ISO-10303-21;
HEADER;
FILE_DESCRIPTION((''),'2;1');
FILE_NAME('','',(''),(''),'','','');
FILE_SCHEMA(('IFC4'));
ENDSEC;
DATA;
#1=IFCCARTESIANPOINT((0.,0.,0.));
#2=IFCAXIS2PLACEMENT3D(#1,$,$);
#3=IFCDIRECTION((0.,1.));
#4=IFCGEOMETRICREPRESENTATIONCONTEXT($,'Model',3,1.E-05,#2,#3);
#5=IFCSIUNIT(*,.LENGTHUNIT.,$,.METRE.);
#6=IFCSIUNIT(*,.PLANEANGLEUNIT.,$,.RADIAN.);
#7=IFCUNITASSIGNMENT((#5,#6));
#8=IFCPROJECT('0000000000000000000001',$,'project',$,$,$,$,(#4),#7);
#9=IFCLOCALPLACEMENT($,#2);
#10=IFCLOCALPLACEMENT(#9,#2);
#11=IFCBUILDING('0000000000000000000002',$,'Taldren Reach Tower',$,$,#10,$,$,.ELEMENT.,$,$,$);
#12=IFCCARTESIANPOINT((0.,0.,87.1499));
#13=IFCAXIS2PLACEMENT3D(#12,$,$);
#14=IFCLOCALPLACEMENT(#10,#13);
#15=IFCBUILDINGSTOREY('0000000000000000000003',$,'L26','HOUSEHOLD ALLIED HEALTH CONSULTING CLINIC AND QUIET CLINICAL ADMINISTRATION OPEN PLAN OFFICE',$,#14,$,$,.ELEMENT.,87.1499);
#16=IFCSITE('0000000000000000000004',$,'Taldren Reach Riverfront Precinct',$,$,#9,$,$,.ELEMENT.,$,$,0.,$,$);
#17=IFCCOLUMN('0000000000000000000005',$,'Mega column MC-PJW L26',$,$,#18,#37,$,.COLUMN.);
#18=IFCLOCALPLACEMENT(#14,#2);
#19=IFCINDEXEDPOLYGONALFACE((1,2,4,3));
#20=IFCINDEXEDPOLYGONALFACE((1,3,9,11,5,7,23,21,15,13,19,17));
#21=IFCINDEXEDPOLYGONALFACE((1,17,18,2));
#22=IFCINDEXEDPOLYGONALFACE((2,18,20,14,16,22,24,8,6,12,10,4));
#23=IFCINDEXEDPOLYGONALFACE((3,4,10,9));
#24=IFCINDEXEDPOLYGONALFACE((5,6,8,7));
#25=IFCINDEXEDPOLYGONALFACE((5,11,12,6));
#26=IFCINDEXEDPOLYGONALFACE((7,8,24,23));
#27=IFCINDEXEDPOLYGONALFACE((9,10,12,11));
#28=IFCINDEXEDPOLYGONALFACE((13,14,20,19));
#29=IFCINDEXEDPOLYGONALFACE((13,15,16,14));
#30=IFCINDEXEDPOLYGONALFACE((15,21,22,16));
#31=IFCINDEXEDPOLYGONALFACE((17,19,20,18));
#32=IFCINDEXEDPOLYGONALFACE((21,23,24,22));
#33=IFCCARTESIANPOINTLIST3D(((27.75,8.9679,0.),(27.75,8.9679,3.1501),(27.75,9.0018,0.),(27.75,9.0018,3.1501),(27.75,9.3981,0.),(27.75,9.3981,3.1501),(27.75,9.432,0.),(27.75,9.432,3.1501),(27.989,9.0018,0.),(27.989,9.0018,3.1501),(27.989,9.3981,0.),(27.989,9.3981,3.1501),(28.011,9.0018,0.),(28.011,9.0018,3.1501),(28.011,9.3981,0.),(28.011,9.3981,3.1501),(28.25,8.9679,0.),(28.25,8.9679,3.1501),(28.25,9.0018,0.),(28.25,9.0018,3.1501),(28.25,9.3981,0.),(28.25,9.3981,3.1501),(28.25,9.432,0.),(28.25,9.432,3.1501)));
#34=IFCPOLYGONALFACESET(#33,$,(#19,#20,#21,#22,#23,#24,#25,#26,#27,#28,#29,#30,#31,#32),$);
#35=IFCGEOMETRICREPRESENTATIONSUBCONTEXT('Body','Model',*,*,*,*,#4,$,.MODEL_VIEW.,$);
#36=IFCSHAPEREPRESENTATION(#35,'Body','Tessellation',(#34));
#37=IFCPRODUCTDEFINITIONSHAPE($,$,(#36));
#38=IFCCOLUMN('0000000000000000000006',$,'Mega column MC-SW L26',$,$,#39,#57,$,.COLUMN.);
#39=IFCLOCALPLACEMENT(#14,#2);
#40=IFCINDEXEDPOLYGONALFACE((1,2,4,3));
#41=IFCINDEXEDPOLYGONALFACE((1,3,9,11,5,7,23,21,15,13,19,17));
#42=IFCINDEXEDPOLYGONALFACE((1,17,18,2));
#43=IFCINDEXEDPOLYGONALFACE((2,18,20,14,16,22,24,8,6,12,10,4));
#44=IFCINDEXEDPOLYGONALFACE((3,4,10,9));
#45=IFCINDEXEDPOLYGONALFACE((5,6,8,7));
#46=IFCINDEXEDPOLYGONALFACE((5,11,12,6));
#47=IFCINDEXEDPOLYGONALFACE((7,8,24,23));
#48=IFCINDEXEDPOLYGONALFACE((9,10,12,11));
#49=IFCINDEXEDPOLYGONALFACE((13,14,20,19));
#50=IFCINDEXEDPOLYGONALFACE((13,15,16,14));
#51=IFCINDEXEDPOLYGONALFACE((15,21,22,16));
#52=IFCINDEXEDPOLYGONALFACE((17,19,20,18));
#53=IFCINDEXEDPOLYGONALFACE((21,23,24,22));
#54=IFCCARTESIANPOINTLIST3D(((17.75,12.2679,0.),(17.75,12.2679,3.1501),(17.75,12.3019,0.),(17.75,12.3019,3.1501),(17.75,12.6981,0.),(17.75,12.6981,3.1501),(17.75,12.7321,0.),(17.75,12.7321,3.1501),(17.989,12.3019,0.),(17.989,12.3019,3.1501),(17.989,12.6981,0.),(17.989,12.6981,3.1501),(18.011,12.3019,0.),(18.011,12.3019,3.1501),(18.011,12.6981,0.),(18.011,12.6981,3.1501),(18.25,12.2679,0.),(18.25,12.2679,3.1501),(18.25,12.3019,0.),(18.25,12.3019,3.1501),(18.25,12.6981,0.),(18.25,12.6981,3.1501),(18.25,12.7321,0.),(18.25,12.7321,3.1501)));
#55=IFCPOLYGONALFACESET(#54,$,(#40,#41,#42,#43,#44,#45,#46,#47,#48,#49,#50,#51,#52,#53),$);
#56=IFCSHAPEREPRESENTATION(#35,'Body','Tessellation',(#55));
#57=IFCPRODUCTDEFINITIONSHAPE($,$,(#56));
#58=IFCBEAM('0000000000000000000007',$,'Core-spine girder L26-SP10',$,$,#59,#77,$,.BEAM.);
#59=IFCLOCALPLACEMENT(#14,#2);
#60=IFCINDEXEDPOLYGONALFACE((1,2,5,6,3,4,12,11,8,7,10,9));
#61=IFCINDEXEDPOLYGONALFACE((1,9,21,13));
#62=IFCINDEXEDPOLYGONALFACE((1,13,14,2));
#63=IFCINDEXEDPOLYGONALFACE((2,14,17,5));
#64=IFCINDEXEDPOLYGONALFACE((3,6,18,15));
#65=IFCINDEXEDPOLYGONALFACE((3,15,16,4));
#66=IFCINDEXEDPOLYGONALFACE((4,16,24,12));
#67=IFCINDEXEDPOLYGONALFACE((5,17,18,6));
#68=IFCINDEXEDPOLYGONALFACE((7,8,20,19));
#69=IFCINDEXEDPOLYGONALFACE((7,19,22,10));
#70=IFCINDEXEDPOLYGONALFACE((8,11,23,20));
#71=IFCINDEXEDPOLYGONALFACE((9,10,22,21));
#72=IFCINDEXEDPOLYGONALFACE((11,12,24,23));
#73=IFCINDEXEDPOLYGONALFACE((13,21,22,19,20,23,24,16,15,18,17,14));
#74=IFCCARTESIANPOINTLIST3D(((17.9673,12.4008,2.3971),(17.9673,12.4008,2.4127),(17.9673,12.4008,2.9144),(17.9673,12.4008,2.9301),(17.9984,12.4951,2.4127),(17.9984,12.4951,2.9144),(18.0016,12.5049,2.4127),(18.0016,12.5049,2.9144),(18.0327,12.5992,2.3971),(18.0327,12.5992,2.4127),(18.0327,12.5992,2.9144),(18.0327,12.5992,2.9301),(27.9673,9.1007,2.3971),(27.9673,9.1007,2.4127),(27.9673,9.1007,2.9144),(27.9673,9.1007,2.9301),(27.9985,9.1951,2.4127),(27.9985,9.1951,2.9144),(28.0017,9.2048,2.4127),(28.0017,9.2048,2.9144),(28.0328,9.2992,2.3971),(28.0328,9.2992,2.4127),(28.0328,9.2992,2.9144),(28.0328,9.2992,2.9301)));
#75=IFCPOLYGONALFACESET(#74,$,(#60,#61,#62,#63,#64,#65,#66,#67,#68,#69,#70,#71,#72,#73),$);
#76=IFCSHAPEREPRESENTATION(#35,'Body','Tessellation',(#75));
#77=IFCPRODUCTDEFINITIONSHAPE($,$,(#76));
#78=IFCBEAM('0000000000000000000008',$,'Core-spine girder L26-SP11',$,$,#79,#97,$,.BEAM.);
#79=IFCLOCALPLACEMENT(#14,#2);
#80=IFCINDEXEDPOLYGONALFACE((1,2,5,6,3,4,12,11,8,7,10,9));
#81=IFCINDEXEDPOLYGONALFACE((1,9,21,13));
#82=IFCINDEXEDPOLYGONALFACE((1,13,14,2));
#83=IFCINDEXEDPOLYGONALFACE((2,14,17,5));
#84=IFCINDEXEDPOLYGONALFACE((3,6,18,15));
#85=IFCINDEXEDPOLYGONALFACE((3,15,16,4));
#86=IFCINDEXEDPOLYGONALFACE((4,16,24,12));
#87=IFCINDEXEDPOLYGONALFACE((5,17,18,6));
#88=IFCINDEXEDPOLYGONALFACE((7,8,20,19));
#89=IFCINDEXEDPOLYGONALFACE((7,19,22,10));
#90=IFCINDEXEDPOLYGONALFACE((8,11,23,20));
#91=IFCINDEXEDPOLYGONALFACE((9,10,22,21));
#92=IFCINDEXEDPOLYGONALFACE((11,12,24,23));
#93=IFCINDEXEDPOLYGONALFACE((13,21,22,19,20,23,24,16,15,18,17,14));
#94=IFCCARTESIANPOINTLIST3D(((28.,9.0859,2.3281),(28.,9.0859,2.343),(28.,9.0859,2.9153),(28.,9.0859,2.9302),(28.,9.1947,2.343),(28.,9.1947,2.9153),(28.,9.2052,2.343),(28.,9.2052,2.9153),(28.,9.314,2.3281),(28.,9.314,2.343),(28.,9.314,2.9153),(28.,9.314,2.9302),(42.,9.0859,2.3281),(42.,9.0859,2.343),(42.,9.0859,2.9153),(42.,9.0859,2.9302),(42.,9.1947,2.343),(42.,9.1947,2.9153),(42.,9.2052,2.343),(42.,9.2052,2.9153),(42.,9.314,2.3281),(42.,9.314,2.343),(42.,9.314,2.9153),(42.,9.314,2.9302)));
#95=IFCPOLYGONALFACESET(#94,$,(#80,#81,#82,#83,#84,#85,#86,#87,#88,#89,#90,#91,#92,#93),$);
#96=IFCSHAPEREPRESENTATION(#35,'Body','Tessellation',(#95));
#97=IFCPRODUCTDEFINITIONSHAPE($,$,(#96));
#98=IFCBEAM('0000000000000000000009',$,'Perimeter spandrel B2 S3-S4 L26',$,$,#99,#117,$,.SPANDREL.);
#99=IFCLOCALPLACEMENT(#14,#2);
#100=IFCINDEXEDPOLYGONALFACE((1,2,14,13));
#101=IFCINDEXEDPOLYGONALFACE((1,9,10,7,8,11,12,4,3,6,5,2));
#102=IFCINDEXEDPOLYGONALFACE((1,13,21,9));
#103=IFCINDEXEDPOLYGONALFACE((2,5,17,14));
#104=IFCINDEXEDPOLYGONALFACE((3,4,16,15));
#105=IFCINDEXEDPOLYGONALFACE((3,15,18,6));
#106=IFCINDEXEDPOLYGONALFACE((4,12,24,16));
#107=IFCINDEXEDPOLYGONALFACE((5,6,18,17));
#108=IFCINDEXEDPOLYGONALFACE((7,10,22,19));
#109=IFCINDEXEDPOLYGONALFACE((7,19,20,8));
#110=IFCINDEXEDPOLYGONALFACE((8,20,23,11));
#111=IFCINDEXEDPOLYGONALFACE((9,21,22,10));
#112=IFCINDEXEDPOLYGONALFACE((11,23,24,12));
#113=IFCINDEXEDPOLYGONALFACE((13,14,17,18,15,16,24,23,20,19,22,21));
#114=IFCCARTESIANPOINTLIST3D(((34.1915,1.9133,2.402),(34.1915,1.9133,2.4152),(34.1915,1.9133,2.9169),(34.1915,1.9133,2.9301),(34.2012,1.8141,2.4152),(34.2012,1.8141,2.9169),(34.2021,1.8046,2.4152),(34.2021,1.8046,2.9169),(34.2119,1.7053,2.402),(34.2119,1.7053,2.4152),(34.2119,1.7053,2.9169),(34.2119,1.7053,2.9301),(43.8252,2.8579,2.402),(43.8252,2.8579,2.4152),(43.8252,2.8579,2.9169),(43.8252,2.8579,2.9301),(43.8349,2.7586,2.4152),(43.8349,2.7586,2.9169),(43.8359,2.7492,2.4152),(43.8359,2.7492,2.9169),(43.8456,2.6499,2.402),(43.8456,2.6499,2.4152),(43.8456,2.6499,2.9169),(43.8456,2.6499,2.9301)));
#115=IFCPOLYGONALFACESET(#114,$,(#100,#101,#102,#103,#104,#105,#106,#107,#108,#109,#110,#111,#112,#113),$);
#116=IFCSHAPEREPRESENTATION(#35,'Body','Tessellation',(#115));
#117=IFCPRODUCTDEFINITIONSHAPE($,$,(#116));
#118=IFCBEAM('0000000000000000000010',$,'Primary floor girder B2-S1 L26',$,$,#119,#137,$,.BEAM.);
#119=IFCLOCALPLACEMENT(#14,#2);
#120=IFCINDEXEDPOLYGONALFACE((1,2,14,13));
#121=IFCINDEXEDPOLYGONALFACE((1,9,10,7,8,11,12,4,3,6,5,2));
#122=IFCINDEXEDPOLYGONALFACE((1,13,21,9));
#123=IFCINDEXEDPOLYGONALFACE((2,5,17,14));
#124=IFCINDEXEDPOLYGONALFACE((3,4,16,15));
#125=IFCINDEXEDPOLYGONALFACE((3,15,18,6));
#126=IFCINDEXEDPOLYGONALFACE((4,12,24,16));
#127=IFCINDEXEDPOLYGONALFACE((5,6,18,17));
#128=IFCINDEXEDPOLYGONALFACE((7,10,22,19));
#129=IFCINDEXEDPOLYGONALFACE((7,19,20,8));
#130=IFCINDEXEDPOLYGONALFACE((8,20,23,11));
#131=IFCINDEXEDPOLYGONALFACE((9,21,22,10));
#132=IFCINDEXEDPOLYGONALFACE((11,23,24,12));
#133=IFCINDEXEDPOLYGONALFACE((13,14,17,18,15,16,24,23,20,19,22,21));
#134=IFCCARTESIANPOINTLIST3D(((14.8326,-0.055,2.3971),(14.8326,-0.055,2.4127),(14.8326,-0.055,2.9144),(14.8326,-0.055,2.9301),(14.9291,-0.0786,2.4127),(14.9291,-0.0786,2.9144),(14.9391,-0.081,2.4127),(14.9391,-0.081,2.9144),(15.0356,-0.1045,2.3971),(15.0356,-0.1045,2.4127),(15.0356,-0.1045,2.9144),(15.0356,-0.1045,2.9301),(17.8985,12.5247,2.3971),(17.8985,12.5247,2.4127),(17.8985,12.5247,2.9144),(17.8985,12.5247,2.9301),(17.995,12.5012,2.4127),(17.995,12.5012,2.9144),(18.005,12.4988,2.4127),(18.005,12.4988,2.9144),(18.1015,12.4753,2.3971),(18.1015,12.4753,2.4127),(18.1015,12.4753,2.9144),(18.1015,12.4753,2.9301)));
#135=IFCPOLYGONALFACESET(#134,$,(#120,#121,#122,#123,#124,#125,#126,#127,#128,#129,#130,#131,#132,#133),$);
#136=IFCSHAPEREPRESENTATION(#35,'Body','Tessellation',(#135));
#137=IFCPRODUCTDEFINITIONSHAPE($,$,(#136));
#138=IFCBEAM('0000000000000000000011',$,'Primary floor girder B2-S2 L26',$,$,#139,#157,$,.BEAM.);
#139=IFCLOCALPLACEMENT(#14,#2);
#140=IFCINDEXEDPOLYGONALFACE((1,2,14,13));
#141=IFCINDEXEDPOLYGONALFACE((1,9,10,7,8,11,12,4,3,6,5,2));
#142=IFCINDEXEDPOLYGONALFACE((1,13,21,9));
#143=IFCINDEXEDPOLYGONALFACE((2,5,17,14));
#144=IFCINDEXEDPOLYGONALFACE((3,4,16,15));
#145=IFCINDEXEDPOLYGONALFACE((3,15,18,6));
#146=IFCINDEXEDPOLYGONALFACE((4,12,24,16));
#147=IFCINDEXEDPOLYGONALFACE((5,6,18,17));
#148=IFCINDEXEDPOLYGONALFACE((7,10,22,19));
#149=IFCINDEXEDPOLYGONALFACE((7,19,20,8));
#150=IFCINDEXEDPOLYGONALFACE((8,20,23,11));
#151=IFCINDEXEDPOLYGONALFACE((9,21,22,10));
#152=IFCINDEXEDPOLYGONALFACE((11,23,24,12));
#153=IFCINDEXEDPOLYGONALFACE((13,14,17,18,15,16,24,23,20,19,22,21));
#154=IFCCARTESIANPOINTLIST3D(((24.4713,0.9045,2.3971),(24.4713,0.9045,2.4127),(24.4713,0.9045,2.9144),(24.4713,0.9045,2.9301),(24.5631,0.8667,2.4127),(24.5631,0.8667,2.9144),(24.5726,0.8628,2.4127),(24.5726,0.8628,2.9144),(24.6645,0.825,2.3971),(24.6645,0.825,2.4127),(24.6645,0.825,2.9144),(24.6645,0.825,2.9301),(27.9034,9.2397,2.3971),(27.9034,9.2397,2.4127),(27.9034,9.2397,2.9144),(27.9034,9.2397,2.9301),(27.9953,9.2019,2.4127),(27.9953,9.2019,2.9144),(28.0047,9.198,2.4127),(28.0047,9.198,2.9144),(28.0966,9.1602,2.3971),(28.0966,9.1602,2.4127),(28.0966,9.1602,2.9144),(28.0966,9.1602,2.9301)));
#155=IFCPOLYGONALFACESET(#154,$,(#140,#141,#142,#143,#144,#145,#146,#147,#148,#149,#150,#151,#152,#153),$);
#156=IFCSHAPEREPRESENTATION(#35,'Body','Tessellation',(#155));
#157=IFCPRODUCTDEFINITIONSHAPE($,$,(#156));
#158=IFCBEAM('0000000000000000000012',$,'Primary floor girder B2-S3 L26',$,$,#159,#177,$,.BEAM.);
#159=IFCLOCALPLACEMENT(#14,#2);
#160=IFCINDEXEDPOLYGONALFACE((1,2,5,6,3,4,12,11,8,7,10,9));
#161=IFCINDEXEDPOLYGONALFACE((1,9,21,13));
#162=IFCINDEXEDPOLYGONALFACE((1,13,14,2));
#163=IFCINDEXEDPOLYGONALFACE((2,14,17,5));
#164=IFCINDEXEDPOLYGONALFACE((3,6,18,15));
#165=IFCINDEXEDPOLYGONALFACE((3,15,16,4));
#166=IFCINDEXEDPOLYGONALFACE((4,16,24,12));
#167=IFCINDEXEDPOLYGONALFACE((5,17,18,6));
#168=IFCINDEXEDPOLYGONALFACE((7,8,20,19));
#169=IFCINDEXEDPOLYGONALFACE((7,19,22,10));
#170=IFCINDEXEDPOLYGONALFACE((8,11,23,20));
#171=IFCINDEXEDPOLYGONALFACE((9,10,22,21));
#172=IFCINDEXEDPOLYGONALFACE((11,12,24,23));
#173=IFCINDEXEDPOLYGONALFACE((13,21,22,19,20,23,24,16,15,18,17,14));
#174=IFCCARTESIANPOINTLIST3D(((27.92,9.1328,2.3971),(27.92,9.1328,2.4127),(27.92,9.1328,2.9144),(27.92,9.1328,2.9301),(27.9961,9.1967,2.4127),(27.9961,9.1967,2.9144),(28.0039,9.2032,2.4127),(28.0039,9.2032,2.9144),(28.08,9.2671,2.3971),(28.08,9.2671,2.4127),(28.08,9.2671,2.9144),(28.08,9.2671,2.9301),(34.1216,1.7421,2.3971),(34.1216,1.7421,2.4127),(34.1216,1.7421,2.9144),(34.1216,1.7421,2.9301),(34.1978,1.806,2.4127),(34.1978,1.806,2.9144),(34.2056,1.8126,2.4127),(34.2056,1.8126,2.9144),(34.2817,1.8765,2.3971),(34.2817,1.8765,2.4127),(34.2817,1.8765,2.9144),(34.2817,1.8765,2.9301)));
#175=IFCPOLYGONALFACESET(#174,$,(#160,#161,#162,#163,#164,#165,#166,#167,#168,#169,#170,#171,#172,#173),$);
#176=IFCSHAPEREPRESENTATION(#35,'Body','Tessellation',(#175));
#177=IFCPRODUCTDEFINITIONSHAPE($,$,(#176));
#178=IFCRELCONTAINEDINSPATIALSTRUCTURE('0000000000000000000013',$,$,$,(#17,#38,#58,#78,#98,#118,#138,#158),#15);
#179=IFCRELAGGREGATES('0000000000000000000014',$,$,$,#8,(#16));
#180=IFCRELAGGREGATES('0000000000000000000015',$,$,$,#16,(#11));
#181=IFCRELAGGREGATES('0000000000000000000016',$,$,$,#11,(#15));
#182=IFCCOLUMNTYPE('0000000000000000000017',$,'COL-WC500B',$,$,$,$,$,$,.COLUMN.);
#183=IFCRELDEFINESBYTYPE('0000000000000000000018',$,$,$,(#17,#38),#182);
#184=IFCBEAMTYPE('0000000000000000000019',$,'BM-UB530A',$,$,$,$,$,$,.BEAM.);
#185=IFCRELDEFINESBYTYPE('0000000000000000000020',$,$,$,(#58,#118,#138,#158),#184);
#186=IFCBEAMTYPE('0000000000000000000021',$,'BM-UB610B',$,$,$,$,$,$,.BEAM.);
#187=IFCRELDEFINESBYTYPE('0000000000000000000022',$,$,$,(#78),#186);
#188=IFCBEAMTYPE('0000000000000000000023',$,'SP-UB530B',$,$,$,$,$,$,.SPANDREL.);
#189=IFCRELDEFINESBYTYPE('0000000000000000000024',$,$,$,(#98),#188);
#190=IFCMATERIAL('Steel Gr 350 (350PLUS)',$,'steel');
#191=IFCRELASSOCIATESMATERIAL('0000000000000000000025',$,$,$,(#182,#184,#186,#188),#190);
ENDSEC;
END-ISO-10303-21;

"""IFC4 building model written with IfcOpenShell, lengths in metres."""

from ifc_helpers import new_model, si_unit, direction, frame, origin, origin_2d, place, context, subcontext, project, spatial, i_section, extrude, source, transform, mapped, material, material_profile, profile_set, type_object, element, save


model = new_model("IFC4")

# Units and contexts
model_context = context("Model", 3, precision=1e-05, world=origin(), true_north=direction((0.0, 1.0)))
body_context = subcontext(model_context, "Body", "Model", "MODEL_VIEW")
ifc_project = project(units=[si_unit("LENGTHUNIT", "METRE"), si_unit("PLANEANGLEUNIT", "RADIAN")], contexts=[model_context])

# Site, building, storey
site_placement = place(None, origin())
site = spatial("IfcSite", under=ifc_project, at=site_placement, Name="Taldren Reach Riverfront Precinct", CompositionType="ELEMENT", RefElevation=0.0)
building_placement = place(site_placement, origin())
building = spatial("IfcBuilding", under=site, at=building_placement, Name="Taldren Reach Tower", CompositionType="ELEMENT")
storey_placement = place(building_placement, frame((0.0, 0.0, 87.1499)))
storey = spatial("IfcBuildingStorey", under=building, at=storey_placement, Name="L26", Description="HOUSEHOLD ALLIED HEALTH CONSULTING CLINIC AND QUIET CLINICAL ADMINISTRATION OPEN PLAN OFFICE", CompositionType="ELEMENT", Elevation=87.1499)

# Columns
ifc_material_1 = material(Name="Steel Gr 350 (350PLUS)", Category="steel")
ifc_material_profile_1 = material_profile(ifc_material_1, i_section(OverallWidth=0.5, OverallDepth=0.4641, WebThickness=0.022, FlangeThickness=0.0339, at=origin_2d()), Name="500WC340")
ifc_profile_set_1 = profile_set([ifc_material_profile_1], Name="Steel Gr 350 (350PLUS)")
column_type = type_object("IfcColumnType", Name="COL-WC500B", PredefinedType="COLUMN", material=ifc_profile_set_1)
shared_shape_1 = source(origin(), body_context, "Body", "SweptSolid", [
    extrude(i_section(OverallWidth=0.5, OverallDepth=0.4641, WebThickness=0.022, FlangeThickness=0.0339, at=origin_2d()), origin(), (0.0, 0.0, 1.0), 3.1501),
])
for number, where, z_axis, x_axis, name in (
    (1, (28.0, 9.2, 0.0), (0.0, 0.0, 1.0), (1.0, 0.0, 0.0), "Mega column MC-PJW L26"),
    (2, (18.0, 12.5, 0.0), (0.0, 0.0, 1.0), (1.0, 0.0, 0.0), "Mega column MC-SW L26"),
):
    element("IfcColumn", number, at=place(storey_placement, frame(where, z_axis=z_axis, x_axis=x_axis)), inside=storey, type_object=column_type, Name=name, PredefinedType="COLUMN", context=body_context, shape_type="MappedRepresentation", body=[
        mapped(shared_shape_1, transform((0.0, 0.0, 0.0), scale=1.0)),
    ])

# Beams
ifc_material_profile_2 = material_profile(ifc_material_1, i_section(OverallWidth=0.209, OverallDepth=0.533, WebThickness=0.0103, FlangeThickness=0.0156, at=origin_2d()), Name="530UB92.4")
ifc_profile_set_2 = profile_set([ifc_material_profile_2], Name="Steel Gr 350 (350PLUS)")
beam_type_1 = type_object("IfcBeamType", Name="BM-UB530A", PredefinedType="BEAM", material=ifc_profile_set_2)
shared_shape_2 = source(origin(), body_context, "Body", "SweptSolid", [
    extrude(i_section(OverallWidth=0.209, OverallDepth=0.533, WebThickness=0.0103, FlangeThickness=0.0156, at=origin_2d()), origin(), (0.0, 0.0, 1.0), 10.5305),
])
beam_1_placement = place(storey_placement, frame((18.0, 12.5, 2.6636), z_axis=(0.949627, -0.313382, 0.0), x_axis=(0.313382, 0.949627, 0.0)))
element("IfcBeam", 3, at=beam_1_placement, inside=storey, type_object=beam_type_1, Name="Core-spine girder L26-SP10", PredefinedType="BEAM", context=body_context, shape_type="MappedRepresentation", body=[
    mapped(shared_shape_2, transform((0.0, 0.0, 0.0), scale=1.0)),
])
ifc_material_profile_3 = material_profile(ifc_material_1, i_section(OverallWidth=0.228, OverallDepth=0.6021, WebThickness=0.0105, FlangeThickness=0.0149, at=origin_2d()), Name="610UB101")
ifc_profile_set_3 = profile_set([ifc_material_profile_3], Name="Steel Gr 350 (350PLUS)")
beam_type_2 = type_object("IfcBeamType", Name="BM-UB610B", PredefinedType="BEAM", material=ifc_profile_set_3)
shared_shape_3 = source(origin(), body_context, "Body", "SweptSolid", [
    extrude(i_section(OverallWidth=0.228, OverallDepth=0.6021, WebThickness=0.0105, FlangeThickness=0.0149, at=origin_2d()), origin(), (0.0, 0.0, 1.0), 14.0),
])
beam_2_placement = place(storey_placement, frame((28.0, 9.2, 2.6292), z_axis=(1.0, 0.0, 0.0), x_axis=(0.0, 1.0, 0.0)))
element("IfcBeam", 4, at=beam_2_placement, inside=storey, type_object=beam_type_2, Name="Core-spine girder L26-SP11", PredefinedType="BEAM", context=body_context, shape_type="MappedRepresentation", body=[
    mapped(shared_shape_3, transform((0.0, 0.0, 0.0), scale=1.0)),
])
ifc_material_profile_4 = material_profile(ifc_material_1, i_section(OverallWidth=0.209, OverallDepth=0.5281, WebThickness=0.0095, FlangeThickness=0.0132, at=origin_2d()), Name="530UB82.0")
ifc_profile_set_4 = profile_set([ifc_material_profile_4], Name="Steel Gr 350 (350PLUS)")
beam_type_3 = type_object("IfcBeamType", Name="SP-UB530B", PredefinedType="SPANDREL", material=ifc_profile_set_4)
shared_shape_4 = source(origin(), body_context, "Body", "SweptSolid", [
    extrude(i_section(OverallWidth=0.209, OverallDepth=0.5281, WebThickness=0.0095, FlangeThickness=0.0132, at=origin_2d()), origin(), (0.0, 0.0, 1.0), 9.6799),
])
beam_3_placement = place(storey_placement, frame((34.2017, 1.8093, 2.666), z_axis=(0.995228, 0.097581, 0.0), x_axis=(-0.097581, 0.995228, 0.0)))
element("IfcBeam", 5, at=beam_3_placement, inside=storey, type_object=beam_type_3, Name="Perimeter spandrel B2 S3-S4 L26", PredefinedType="SPANDREL", context=body_context, shape_type="MappedRepresentation", body=[
    mapped(shared_shape_4, transform((0.0, 0.0, 0.0), scale=1.0)),
])
shared_shape_5 = source(origin(), body_context, "Body", "SweptSolid", [
    extrude(i_section(OverallWidth=0.209, OverallDepth=0.533, WebThickness=0.0103, FlangeThickness=0.0156, at=origin_2d()), origin(), (0.0, 0.0, 1.0), 12.948),
])
beam_4_placement = place(storey_placement, frame((18.0, 12.5, 2.6636), z_axis=(-0.236786, -0.971562, 0.0), x_axis=(0.971562, -0.236786, 0.0)))
element("IfcBeam", 6, at=beam_4_placement, inside=storey, type_object=beam_type_1, Name="Primary floor girder B2-S1 L26", PredefinedType="BEAM", context=body_context, shape_type="MappedRepresentation", body=[
    mapped(shared_shape_5, transform((0.0, 0.0, 0.0), scale=1.0)),
])
shared_shape_6 = source(origin(), body_context, "Body", "SweptSolid", [
    extrude(i_section(OverallWidth=0.209, OverallDepth=0.533, WebThickness=0.0103, FlangeThickness=0.0156, at=origin_2d()), origin(), (0.0, 0.0, 1.0), 9.0142),
])
beam_5_placement = place(storey_placement, frame((28.0, 9.2, 2.6636), z_axis=(-0.380748, -0.924679, 0.0), x_axis=(0.924679, -0.380748, 0.0)))
element("IfcBeam", 7, at=beam_5_placement, inside=storey, type_object=beam_type_1, Name="Primary floor girder B2-S2 L26", PredefinedType="BEAM", context=body_context, shape_type="MappedRepresentation", body=[
    mapped(shared_shape_6, transform((0.0, 0.0, 0.0), scale=1.0)),
])
shared_shape_7 = source(origin(), body_context, "Body", "SweptSolid", [
    extrude(i_section(OverallWidth=0.209, OverallDepth=0.533, WebThickness=0.0103, FlangeThickness=0.0156, at=origin_2d()), origin(), (0.0, 0.0, 1.0), 9.6479),
])
beam_6_placement = place(storey_placement, frame((28.0, 9.2, 2.6636), z_axis=(0.642799, -0.766035, 0.0), x_axis=(0.766035, 0.642799, 0.0)))
element("IfcBeam", 8, at=beam_6_placement, inside=storey, type_object=beam_type_1, Name="Primary floor girder B2-S3 L26", PredefinedType="BEAM", context=body_context, shape_type="MappedRepresentation", body=[
    mapped(shared_shape_7, transform((0.0, 0.0, 0.0), scale=1.0)),
])

save(model, "model.ifc")
